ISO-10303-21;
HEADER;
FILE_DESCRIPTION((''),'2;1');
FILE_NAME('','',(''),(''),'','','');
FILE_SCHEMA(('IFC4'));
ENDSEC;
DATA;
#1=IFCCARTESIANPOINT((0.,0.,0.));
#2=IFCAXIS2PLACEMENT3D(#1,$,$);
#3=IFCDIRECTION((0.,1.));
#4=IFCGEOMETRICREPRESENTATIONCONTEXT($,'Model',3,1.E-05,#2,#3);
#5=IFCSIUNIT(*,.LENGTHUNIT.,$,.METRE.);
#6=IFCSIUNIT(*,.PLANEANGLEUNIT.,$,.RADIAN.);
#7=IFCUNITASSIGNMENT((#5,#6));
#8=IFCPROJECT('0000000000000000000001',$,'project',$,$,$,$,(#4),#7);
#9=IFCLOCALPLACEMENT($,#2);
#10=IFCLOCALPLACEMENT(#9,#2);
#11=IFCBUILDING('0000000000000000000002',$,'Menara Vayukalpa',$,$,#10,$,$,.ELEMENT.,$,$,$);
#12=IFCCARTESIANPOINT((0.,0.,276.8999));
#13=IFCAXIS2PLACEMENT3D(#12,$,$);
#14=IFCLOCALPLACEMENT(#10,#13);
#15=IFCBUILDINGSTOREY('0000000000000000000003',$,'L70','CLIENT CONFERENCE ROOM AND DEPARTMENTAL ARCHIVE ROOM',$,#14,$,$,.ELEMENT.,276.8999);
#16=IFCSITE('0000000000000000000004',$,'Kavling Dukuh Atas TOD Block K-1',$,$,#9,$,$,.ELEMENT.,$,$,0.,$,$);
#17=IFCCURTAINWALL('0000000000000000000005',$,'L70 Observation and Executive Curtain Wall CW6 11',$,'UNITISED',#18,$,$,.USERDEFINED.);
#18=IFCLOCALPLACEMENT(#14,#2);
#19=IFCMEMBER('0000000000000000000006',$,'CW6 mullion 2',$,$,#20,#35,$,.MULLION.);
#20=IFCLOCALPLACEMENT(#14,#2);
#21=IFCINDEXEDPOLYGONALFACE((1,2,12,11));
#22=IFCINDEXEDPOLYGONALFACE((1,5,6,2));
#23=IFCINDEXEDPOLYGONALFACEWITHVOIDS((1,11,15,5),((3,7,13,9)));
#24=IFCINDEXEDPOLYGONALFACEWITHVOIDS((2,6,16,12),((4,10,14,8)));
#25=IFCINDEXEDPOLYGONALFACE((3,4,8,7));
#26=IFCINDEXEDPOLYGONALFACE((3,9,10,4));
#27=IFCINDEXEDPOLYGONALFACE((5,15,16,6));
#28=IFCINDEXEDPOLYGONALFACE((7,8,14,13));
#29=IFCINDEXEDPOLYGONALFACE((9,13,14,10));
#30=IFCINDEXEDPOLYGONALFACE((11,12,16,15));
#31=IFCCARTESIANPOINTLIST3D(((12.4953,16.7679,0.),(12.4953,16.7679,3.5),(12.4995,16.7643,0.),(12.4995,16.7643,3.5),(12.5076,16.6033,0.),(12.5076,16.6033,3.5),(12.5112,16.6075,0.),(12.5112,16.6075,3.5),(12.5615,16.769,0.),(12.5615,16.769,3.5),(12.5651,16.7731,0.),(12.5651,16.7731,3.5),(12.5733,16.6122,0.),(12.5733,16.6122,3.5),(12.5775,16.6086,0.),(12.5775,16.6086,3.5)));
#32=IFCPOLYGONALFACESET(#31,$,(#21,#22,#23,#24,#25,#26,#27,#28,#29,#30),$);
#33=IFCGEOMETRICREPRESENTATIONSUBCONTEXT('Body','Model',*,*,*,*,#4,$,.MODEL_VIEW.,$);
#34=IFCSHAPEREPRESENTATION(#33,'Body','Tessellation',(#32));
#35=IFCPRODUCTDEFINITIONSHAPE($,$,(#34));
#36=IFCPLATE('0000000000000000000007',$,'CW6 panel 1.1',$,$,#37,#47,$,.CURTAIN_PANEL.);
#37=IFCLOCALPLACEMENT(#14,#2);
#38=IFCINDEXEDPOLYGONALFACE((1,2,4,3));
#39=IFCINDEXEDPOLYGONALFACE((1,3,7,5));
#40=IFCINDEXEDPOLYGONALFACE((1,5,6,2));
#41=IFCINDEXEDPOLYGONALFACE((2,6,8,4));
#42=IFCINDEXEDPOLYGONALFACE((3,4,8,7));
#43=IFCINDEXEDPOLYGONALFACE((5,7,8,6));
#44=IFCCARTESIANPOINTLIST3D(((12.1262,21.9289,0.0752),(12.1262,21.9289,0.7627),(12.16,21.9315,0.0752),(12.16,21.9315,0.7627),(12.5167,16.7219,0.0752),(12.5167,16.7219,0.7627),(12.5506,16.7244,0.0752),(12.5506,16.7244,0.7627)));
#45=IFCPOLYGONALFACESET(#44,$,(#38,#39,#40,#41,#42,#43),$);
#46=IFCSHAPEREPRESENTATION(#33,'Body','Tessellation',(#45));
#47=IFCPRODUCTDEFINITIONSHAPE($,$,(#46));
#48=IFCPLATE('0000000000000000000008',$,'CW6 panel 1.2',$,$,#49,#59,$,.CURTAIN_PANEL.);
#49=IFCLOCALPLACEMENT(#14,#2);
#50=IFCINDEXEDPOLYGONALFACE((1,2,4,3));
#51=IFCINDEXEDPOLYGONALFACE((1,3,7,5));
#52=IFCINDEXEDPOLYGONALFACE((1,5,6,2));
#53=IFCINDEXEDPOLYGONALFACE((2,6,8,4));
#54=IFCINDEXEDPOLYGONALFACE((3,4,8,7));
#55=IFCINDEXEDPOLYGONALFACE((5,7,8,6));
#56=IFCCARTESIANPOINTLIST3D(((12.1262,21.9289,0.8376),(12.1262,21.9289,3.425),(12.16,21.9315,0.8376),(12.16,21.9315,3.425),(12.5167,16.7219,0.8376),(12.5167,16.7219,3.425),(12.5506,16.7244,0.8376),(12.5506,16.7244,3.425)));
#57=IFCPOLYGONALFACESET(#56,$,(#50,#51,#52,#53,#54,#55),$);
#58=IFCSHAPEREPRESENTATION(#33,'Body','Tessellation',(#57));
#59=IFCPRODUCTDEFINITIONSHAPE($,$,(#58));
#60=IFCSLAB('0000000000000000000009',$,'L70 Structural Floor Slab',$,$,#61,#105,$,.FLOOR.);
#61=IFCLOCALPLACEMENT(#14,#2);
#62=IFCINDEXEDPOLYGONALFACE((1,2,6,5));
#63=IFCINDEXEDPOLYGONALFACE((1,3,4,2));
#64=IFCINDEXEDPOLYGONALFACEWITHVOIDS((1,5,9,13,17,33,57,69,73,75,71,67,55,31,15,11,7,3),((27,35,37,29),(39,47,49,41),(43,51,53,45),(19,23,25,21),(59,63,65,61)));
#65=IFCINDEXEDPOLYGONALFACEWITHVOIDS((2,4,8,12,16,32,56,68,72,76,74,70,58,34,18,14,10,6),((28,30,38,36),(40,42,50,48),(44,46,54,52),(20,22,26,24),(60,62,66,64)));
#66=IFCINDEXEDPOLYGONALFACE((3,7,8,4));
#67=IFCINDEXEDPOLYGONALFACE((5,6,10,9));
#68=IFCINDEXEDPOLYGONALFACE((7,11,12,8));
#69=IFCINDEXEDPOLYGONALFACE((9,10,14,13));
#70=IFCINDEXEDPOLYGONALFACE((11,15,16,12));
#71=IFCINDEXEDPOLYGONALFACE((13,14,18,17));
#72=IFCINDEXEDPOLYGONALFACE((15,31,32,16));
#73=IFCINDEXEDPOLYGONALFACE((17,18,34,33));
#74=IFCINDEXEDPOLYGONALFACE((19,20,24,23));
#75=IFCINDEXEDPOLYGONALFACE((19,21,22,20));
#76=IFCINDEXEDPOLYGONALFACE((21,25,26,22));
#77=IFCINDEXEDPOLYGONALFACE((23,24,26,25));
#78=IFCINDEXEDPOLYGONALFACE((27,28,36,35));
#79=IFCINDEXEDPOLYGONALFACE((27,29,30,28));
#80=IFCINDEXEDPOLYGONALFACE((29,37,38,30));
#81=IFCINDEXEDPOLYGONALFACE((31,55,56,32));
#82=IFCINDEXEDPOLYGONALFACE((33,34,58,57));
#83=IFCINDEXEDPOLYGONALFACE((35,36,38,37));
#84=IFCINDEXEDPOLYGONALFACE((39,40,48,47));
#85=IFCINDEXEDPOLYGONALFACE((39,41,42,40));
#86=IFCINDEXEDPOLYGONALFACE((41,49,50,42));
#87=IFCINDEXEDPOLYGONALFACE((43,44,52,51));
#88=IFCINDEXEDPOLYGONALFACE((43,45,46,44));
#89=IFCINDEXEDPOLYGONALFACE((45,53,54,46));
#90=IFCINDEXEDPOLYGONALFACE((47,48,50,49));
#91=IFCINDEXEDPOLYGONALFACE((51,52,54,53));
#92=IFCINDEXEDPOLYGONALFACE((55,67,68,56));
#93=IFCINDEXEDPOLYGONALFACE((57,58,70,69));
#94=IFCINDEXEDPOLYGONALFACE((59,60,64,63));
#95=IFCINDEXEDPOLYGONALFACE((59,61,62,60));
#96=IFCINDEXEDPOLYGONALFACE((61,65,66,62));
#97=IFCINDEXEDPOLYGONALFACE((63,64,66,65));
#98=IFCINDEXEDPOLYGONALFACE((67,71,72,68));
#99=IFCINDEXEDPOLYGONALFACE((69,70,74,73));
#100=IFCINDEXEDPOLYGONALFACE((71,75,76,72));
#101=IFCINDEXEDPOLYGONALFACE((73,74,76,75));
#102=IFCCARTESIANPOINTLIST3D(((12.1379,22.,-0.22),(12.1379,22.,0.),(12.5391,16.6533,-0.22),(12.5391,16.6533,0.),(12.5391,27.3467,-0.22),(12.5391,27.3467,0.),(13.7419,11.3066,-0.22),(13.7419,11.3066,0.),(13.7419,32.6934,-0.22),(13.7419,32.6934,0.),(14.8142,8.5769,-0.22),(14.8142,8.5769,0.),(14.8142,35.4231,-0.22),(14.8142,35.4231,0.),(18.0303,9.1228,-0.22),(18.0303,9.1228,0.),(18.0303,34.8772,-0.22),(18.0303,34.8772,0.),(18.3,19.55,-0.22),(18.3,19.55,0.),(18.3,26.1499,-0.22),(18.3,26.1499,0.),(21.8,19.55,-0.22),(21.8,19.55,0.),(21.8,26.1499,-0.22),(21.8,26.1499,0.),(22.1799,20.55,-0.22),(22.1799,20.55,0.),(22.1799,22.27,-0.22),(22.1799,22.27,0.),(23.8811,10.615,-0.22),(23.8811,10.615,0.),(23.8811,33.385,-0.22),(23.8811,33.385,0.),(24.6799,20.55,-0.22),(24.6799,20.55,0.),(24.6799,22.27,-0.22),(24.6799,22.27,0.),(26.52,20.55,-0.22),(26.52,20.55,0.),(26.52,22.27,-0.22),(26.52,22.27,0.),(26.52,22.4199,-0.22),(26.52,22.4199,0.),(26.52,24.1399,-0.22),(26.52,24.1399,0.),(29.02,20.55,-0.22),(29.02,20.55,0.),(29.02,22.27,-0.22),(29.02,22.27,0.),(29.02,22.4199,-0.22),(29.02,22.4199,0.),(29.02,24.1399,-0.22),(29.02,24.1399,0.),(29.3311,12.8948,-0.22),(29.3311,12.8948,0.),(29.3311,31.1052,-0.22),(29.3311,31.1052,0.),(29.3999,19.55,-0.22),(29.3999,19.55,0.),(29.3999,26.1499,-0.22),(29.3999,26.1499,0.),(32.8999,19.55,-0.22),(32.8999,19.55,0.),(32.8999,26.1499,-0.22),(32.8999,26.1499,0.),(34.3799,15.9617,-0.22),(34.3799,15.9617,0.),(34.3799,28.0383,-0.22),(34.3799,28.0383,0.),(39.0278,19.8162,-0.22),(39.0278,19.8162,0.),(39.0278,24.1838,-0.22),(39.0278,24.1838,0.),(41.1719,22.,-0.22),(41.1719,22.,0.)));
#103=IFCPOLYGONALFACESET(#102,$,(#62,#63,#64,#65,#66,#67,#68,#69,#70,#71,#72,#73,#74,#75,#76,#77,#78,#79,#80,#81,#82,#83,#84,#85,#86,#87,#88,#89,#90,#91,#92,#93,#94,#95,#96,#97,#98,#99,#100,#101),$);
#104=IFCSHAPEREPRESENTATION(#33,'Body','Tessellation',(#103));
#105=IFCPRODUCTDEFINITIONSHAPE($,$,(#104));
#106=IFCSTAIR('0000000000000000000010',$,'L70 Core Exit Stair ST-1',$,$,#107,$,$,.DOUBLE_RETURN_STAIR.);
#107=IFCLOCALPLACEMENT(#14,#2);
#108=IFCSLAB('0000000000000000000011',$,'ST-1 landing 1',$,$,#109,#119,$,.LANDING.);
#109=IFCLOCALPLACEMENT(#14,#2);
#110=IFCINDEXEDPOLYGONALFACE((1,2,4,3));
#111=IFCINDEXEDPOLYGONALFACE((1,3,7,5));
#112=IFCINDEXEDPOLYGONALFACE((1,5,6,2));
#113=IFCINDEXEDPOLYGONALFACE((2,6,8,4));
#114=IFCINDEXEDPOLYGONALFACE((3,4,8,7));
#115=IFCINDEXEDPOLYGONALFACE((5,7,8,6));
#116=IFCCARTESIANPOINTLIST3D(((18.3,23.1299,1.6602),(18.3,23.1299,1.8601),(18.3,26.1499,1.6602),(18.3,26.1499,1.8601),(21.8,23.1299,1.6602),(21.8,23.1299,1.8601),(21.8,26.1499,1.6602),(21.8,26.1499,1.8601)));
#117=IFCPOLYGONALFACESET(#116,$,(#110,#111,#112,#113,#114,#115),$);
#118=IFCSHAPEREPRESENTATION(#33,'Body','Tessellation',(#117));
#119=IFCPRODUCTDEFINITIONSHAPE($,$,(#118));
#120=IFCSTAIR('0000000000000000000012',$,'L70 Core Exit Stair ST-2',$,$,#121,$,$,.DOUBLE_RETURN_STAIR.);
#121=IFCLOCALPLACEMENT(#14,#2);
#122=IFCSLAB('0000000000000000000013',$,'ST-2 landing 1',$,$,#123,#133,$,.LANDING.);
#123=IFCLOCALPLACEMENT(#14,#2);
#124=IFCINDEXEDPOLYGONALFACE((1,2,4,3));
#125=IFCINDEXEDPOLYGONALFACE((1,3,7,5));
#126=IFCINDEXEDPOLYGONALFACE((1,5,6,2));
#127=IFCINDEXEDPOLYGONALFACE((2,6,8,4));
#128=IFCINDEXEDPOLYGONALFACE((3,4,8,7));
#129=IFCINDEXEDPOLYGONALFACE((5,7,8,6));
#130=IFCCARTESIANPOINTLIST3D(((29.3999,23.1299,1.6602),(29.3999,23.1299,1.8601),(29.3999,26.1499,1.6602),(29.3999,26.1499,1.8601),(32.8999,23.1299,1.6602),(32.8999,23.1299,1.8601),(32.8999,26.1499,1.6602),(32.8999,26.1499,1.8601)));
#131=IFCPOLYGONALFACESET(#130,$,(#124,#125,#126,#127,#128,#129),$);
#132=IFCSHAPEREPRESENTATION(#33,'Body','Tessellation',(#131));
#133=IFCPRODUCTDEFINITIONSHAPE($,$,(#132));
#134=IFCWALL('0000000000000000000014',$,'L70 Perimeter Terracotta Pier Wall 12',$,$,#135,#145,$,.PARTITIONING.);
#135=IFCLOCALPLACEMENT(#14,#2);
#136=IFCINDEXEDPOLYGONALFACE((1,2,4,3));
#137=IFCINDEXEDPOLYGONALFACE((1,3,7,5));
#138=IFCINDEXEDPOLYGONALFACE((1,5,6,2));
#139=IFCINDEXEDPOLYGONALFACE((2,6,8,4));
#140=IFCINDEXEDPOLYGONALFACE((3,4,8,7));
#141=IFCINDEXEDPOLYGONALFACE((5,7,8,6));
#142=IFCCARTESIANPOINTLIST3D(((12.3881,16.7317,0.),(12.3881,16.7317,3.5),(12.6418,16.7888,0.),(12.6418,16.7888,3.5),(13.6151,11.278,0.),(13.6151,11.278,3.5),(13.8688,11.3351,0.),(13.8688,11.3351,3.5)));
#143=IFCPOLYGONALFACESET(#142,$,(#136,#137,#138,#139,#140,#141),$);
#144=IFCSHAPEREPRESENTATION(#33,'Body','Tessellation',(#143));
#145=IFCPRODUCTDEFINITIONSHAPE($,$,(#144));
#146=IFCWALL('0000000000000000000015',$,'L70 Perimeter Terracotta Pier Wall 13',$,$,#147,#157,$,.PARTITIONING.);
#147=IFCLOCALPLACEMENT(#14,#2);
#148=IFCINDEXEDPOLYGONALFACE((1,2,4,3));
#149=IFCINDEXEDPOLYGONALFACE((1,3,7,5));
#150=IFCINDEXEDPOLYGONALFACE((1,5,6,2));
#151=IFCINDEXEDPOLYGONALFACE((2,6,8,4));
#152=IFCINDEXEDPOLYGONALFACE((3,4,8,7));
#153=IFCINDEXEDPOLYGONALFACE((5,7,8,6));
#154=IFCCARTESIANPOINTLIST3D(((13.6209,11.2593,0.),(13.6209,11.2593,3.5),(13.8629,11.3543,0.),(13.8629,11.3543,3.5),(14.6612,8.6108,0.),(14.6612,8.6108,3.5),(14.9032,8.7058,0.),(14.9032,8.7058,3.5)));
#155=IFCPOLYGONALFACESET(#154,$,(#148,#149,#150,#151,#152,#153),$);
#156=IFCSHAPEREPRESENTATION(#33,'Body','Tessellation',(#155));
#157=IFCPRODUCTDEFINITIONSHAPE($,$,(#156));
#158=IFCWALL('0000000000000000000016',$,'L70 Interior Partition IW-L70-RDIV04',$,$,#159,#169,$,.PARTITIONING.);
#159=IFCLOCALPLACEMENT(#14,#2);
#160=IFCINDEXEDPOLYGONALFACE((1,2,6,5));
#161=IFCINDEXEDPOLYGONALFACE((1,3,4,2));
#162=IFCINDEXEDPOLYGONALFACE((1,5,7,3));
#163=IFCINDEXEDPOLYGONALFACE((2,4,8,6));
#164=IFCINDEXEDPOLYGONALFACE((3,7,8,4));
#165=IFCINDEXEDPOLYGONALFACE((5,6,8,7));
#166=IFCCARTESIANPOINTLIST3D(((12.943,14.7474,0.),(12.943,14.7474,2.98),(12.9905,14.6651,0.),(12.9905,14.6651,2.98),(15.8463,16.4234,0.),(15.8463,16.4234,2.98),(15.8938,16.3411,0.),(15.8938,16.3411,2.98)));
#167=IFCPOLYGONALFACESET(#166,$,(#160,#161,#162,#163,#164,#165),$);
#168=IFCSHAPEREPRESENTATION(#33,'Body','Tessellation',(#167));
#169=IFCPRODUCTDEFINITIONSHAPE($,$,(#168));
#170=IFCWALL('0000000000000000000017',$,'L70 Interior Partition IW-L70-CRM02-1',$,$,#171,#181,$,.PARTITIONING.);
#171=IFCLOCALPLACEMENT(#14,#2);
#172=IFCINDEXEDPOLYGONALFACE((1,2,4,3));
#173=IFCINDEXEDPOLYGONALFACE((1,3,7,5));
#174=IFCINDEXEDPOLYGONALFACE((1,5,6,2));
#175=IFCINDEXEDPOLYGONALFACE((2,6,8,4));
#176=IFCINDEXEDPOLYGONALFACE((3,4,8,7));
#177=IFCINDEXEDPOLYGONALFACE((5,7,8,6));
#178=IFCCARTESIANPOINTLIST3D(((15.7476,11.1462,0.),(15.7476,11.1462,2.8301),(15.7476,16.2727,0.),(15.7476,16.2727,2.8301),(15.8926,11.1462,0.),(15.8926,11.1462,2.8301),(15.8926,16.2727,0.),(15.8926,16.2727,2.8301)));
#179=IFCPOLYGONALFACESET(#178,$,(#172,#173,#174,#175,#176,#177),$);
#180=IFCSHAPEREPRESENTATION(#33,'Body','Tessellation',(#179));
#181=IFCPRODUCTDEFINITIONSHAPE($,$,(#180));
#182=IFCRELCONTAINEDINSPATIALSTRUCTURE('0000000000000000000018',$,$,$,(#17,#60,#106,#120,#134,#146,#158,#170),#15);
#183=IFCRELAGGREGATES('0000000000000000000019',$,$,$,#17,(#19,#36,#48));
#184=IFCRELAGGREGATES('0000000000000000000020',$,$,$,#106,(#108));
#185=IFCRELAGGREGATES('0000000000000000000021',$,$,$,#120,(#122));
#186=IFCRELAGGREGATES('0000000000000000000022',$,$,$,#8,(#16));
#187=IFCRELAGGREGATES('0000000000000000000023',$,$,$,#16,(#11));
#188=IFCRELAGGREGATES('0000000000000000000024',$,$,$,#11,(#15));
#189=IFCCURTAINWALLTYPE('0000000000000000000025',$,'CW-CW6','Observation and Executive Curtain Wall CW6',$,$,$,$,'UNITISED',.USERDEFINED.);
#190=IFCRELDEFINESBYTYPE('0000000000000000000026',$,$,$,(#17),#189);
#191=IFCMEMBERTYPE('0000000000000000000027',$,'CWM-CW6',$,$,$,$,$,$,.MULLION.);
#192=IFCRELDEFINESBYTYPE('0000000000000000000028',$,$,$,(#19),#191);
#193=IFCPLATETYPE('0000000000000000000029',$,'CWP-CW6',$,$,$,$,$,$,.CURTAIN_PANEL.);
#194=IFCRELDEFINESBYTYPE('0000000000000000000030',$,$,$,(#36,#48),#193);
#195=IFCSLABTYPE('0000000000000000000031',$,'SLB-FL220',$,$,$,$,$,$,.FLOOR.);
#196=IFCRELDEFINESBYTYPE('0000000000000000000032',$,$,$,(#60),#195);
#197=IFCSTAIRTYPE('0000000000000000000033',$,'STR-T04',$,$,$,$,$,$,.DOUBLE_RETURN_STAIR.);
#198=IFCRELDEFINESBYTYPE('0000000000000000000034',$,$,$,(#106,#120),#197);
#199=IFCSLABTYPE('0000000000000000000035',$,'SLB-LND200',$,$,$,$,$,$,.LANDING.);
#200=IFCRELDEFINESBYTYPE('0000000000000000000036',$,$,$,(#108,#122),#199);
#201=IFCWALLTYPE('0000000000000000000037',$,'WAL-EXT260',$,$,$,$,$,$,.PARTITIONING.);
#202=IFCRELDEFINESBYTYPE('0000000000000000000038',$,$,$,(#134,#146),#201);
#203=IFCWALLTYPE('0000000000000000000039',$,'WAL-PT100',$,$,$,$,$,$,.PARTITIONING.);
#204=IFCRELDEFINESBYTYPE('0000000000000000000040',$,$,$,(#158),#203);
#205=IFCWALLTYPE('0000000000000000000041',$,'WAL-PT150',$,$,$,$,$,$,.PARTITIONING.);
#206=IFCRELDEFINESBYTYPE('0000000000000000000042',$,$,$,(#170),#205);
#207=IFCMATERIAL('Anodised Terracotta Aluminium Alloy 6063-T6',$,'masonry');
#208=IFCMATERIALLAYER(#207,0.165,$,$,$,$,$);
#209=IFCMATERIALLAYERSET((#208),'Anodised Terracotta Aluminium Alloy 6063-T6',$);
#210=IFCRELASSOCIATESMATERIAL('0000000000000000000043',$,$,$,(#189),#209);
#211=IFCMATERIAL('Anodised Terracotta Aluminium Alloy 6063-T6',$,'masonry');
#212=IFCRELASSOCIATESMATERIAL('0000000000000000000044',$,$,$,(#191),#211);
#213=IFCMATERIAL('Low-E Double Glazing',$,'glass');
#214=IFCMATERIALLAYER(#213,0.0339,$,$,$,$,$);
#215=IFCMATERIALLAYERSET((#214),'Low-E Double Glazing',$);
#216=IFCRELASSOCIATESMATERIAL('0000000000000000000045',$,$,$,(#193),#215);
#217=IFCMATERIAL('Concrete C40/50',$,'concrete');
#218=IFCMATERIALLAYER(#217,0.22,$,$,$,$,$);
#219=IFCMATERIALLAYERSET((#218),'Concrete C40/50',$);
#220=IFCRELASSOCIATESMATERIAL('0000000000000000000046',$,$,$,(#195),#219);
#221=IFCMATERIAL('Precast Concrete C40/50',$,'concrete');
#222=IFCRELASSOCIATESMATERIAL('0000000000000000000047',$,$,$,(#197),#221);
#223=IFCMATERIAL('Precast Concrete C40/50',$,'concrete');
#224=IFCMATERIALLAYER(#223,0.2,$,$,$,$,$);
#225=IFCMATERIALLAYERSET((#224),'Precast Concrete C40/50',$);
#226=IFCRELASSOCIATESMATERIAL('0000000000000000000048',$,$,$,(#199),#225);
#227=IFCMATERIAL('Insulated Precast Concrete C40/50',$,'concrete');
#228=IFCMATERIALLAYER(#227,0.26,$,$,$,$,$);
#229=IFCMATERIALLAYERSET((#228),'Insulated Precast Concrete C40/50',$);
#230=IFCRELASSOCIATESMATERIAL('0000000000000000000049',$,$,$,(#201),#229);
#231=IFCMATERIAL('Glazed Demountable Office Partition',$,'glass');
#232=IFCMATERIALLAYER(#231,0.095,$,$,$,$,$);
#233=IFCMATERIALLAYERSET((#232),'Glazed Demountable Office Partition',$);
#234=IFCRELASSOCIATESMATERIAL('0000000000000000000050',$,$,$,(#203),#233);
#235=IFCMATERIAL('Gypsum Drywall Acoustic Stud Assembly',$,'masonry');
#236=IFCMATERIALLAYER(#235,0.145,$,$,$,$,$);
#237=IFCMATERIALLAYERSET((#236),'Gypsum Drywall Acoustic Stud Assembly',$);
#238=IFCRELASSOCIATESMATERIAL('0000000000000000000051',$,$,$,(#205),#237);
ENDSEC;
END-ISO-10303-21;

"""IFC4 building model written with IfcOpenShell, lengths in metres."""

from ifc_helpers import new_model, si_unit, direction, frame, frame_2d, origin, origin_2d, place, context, subcontext, project, spatial, polyline, rectangle, hollow_rectangle, outline, extrude, material, layer, layer_set, material_profile, profile_set, type_object, element, aggregate, save


model = new_model("IFC4")

# Units and contexts
model_context = context("Model", 3, precision=1e-05, world=origin(), true_north=direction((0.0, 1.0)))
body_context = subcontext(model_context, "Body", "Model", "MODEL_VIEW")
ifc_project = project(units=[si_unit("LENGTHUNIT", "METRE"), si_unit("PLANEANGLEUNIT", "RADIAN")], contexts=[model_context])

# Site, building, storey
site_placement = place(None, origin())
site = spatial("IfcSite", under=ifc_project, at=site_placement, Name="Kavling Dukuh Atas TOD Block K-1", CompositionType="ELEMENT", RefElevation=0.0)
building_placement = place(site_placement, origin())
building = spatial("IfcBuilding", under=site, at=building_placement, Name="Menara Vayukalpa", CompositionType="ELEMENT")
storey_placement = place(building_placement, frame((0.0, 0.0, 276.8999)))
storey = spatial("IfcBuildingStorey", under=building, at=storey_placement, Name="L70", Description="CLIENT CONFERENCE ROOM AND DEPARTMENTAL ARCHIVE ROOM", CompositionType="ELEMENT", Elevation=276.8999)

# Curtain wall, member, plates
ifc_material_1 = material(Name="Anodised Terracotta Aluminium Alloy 6063-T6", Category="masonry")
ifc_layer_1 = layer(ifc_material_1, 0.165)
ifc_layer_set_1 = layer_set([ifc_layer_1], Name="Anodised Terracotta Aluminium Alloy 6063-T6")
curtain_wall_type = type_object("IfcCurtainWallType", Name="CW-CW6", Description="Observation and Executive Curtain Wall CW6", ElementType="UNITISED", PredefinedType="USERDEFINED", material=ifc_layer_set_1)
curtain_wall_placement = place(storey_placement, origin())
curtain_wall = element("IfcCurtainWall", 1, at=curtain_wall_placement, inside=storey, type_object=curtain_wall_type, Name="L70 Observation and Executive Curtain Wall CW6 11", ObjectType="UNITISED", PredefinedType="USERDEFINED")
ifc_material_2 = material(Name="Anodised Terracotta Aluminium Alloy 6063-T6", Category="masonry")
ifc_material_profile_1 = material_profile(ifc_material_2, hollow_rectangle(XDim=0.0701, YDim=0.165, WallThickness=0.0039, at=origin_2d()), Name="ALU 70x165x4")
ifc_profile_set_1 = profile_set([ifc_material_profile_1], Name="Anodised Terracotta Aluminium Alloy 6063-T6")
member_type = type_object("IfcMemberType", Name="CWM-CW6", PredefinedType="MULLION", material=ifc_profile_set_1)
member_placement = place(storey_placement, frame((12.5364, 16.6882, 0.0), z_axis=(0.0, 0.0, 1.0), x_axis=(0.997199, 0.074789, 0.0)))
member = element("IfcMember", 2, at=member_placement, type_object=member_type, Name="CW6 mullion 2", PredefinedType="MULLION", context=body_context, shape_type="SweptSolid", body=[
    extrude(hollow_rectangle(XDim=0.0701, YDim=0.165, WallThickness=0.0039, at=origin_2d()), origin(), (0.0, 0.0, 1.0), 3.5),
])
ifc_material_3 = material(Name="Low-E Double Glazing", Category="glass")
ifc_layer_2 = layer(ifc_material_3, 0.0339)
ifc_layer_set_2 = layer_set([ifc_layer_2], Name="Low-E Double Glazing")
plate_type = type_object("IfcPlateType", Name="CWP-CW6", PredefinedType="CURTAIN_PANEL", material=ifc_layer_set_2)
plate_1_placement = place(storey_placement, frame((12.3384, 19.3267, 0.0752), z_axis=(0.0, 0.0, 1.0), x_axis=(0.074789, -0.997199, 0.0)))
plate_1 = element("IfcPlate", 3, at=plate_1_placement, type_object=plate_type, Name="CW6 panel 1.1", PredefinedType="CURTAIN_PANEL", context=body_context, shape_type="SweptSolid", body=[
    extrude(rectangle(XDim=5.2217, YDim=0.0339, at=origin_2d()), origin(), (0.0, 0.0, 1.0), 0.6875),
])
plate_2_placement = place(storey_placement, frame((12.3384, 19.3267, 0.8376), z_axis=(0.0, 0.0, 1.0), x_axis=(0.074789, -0.997199, 0.0)))
plate_2 = element("IfcPlate", 4, at=plate_2_placement, type_object=plate_type, Name="CW6 panel 1.2", PredefinedType="CURTAIN_PANEL", context=body_context, shape_type="SweptSolid", body=[
    extrude(rectangle(XDim=5.2217, YDim=0.0339, at=origin_2d()), origin(), (0.0, 0.0, 1.0), 2.5874),
])
aggregate(curtain_wall, [member, plate_1, plate_2])

# Slab
ifc_material_4 = material(Name="Concrete C40/50", Category="concrete")
ifc_layer_3 = layer(ifc_material_4, 0.22)
ifc_layer_set_3 = layer_set([ifc_layer_3], Name="Concrete C40/50")
slab_type_1 = type_object("IfcSlabType", Name="SLB-FL220", PredefinedType="FLOOR", material=ifc_layer_set_3)
slab_1_placement = place(storey_placement, frame((0.0, 0.0, -0.22)))
element("IfcSlab", 5, at=slab_1_placement, inside=storey, type_object=slab_type_1, Name="L70 Structural Floor Slab", PredefinedType="FLOOR", context=body_context, shape_type="SweptSolid", body=[
    extrude(outline(polyline([(39.0278, 19.8162), (41.1719, 22.0), (39.0278, 24.1838), (34.3799, 28.0383), (29.3311, 31.1052), (23.8811, 33.385), (18.0303, 34.8772), (14.8142, 35.4231), (13.7419, 32.6934), (12.5391, 27.3467), (12.1379, 22.0), (12.5391, 16.6533), (13.7419, 11.3066), (14.8142, 8.5769), (18.0303, 9.1228), (23.8811, 10.615), (29.3311, 12.8948), (34.3799, 15.9617), (39.0278, 19.8162)]), holes=[polyline([(21.8, 19.55), (21.8, 26.1499), (18.3, 26.1499), (18.3, 19.55), (21.8, 19.55)]), polyline([(32.8999, 19.55), (32.8999, 26.1499), (29.3999, 26.1499), (29.3999, 19.55), (32.8999, 19.55)]), polyline([(22.1799, 20.55), (24.6799, 20.55), (24.6799, 22.27), (22.1799, 22.27), (22.1799, 20.55)]), polyline([(26.52, 20.55), (29.02, 20.55), (29.02, 22.27), (26.52, 22.27), (26.52, 20.55)]), polyline([(26.52, 22.4199), (29.02, 22.4199), (29.02, 24.1399), (26.52, 24.1399), (26.52, 22.4199)])]), origin(), (0.0, 0.0, 1.0), 0.22),
])

# Stairs, slabs
ifc_material_5 = material(Name="Precast Concrete C40/50", Category="concrete")
stair_type = type_object("IfcStairType", Name="STR-T04", PredefinedType="DOUBLE_RETURN_STAIR", material=ifc_material_5)
stair_1_placement = place(storey_placement, origin())
stair_1 = element("IfcStair", 6, at=stair_1_placement, inside=storey, type_object=stair_type, Name="L70 Core Exit Stair ST-1", PredefinedType="DOUBLE_RETURN_STAIR")
ifc_material_6 = material(Name="Precast Concrete C40/50", Category="concrete")
ifc_layer_4 = layer(ifc_material_6, 0.2)
ifc_layer_set_4 = layer_set([ifc_layer_4], Name="Precast Concrete C40/50")
slab_type_2 = type_object("IfcSlabType", Name="SLB-LND200", PredefinedType="LANDING", material=ifc_layer_set_4)
slab_2_placement = place(storey_placement, frame((0.0, 0.0, 1.6602)))
slab_2 = element("IfcSlab", 7, at=slab_2_placement, type_object=slab_type_2, Name="ST-1 landing 1", PredefinedType="LANDING", context=body_context, shape_type="SweptSolid", body=[
    extrude(outline(polyline([(21.8, 23.1299), (21.8, 26.1499), (18.3, 26.1499), (18.3, 23.1299), (21.8, 23.1299)])), origin(), (0.0, 0.0, 1.0), 0.2),
])
aggregate(stair_1, [slab_2])
stair_2_placement = place(storey_placement, origin())
stair_2 = element("IfcStair", 8, at=stair_2_placement, inside=storey, type_object=stair_type, Name="L70 Core Exit Stair ST-2", PredefinedType="DOUBLE_RETURN_STAIR")
slab_3_placement = place(storey_placement, frame((0.0, 0.0, 1.6602)))
slab_3 = element("IfcSlab", 9, at=slab_3_placement, type_object=slab_type_2, Name="ST-2 landing 1", PredefinedType="LANDING", context=body_context, shape_type="SweptSolid", body=[
    extrude(outline(polyline([(32.8999, 23.1299), (32.8999, 26.1499), (29.3999, 26.1499), (29.3999, 23.1299), (32.8999, 23.1299)])), origin(), (0.0, 0.0, 1.0), 0.2),
])
aggregate(stair_2, [slab_3])

# Walls
ifc_material_7 = material(Name="Insulated Precast Concrete C40/50", Category="concrete")
ifc_layer_5 = layer(ifc_material_7, 0.26)
ifc_layer_set_5 = layer_set([ifc_layer_5], Name="Insulated Precast Concrete C40/50")
wall_type_1 = type_object("IfcWallType", Name="WAL-EXT260", PredefinedType="PARTITIONING", material=ifc_layer_set_5)
wall_1_placement = place(storey_placement, frame((13.7419, 11.3066, 0.0), z_axis=(0.0, 0.0, 1.0), x_axis=(-0.219501, 0.975612, 0.0)))
element("IfcWall", 10, at=wall_1_placement, inside=storey, type_object=wall_type_1, Name="L70 Perimeter Terracotta Pier Wall 12", PredefinedType="PARTITIONING", context=body_context, shape_type="SweptSolid", body=[
    extrude(rectangle(XDim=5.5901, YDim=0.26, at=frame_2d((2.7949, 0.0))), origin(), (0.0, 0.0, 1.0), 3.5),
])
wall_2_placement = place(storey_placement, frame((14.7822, 8.6582, 0.0), z_axis=(0.0, 0.0, 1.0), x_axis=(-0.365599, 0.930772, 0.0)))
element("IfcWall", 11, at=wall_2_placement, inside=storey, type_object=wall_type_1, Name="L70 Perimeter Terracotta Pier Wall 13", PredefinedType="PARTITIONING", context=body_context, shape_type="SweptSolid", body=[
    extrude(rectangle(XDim=2.8455, YDim=0.26, at=frame_2d((1.4229, 0.0))), origin(), (0.0, 0.0, 1.0), 3.5),
])
ifc_material_8 = material(Name="Glazed Demountable Office Partition", Category="glass")
ifc_layer_6 = layer(ifc_material_8, 0.095)
ifc_layer_set_6 = layer_set([ifc_layer_6], Name="Glazed Demountable Office Partition")
wall_type_2 = type_object("IfcWallType", Name="WAL-PT100", PredefinedType="PARTITIONING", material=ifc_layer_set_6)
wall_3_placement = place(storey_placement, frame((15.8701, 16.3823, 0.0), z_axis=(0.0, 0.0, 1.0), x_axis=(-0.866052, -0.499954, 0.0)))
element("IfcWall", 12, at=wall_3_placement, inside=storey, type_object=wall_type_2, Name="L70 Interior Partition IW-L70-RDIV04", PredefinedType="PARTITIONING", context=body_context, shape_type="SweptSolid", body=[
    extrude(rectangle(XDim=3.3523, YDim=0.095, at=frame_2d((1.6763, 0.0))), origin(), (0.0, 0.0, 1.0), 2.98),
])
ifc_material_9 = material(Name="Gypsum Drywall Acoustic Stud Assembly", Category="masonry")
ifc_layer_7 = layer(ifc_material_9, 0.145)
ifc_layer_set_7 = layer_set([ifc_layer_7], Name="Gypsum Drywall Acoustic Stud Assembly")
wall_type_3 = type_object("IfcWallType", Name="WAL-PT150", PredefinedType="PARTITIONING", material=ifc_layer_set_7)
wall_4_placement = place(storey_placement, frame((15.8201, 16.2727, 0.0), z_axis=(0.0, 0.0, 1.0), x_axis=(0.0, -1.0, 0.0)))
element("IfcWall", 13, at=wall_4_placement, inside=storey, type_object=wall_type_3, Name="L70 Interior Partition IW-L70-CRM02-1", PredefinedType="PARTITIONING", context=body_context, shape_type="SweptSolid", body=[
    extrude(rectangle(XDim=5.1265, YDim=0.145, at=frame_2d((2.5632, 0.0))), origin(), (0.0, 0.0, 1.0), 2.8301),
])

save(model, "model.ifc")
